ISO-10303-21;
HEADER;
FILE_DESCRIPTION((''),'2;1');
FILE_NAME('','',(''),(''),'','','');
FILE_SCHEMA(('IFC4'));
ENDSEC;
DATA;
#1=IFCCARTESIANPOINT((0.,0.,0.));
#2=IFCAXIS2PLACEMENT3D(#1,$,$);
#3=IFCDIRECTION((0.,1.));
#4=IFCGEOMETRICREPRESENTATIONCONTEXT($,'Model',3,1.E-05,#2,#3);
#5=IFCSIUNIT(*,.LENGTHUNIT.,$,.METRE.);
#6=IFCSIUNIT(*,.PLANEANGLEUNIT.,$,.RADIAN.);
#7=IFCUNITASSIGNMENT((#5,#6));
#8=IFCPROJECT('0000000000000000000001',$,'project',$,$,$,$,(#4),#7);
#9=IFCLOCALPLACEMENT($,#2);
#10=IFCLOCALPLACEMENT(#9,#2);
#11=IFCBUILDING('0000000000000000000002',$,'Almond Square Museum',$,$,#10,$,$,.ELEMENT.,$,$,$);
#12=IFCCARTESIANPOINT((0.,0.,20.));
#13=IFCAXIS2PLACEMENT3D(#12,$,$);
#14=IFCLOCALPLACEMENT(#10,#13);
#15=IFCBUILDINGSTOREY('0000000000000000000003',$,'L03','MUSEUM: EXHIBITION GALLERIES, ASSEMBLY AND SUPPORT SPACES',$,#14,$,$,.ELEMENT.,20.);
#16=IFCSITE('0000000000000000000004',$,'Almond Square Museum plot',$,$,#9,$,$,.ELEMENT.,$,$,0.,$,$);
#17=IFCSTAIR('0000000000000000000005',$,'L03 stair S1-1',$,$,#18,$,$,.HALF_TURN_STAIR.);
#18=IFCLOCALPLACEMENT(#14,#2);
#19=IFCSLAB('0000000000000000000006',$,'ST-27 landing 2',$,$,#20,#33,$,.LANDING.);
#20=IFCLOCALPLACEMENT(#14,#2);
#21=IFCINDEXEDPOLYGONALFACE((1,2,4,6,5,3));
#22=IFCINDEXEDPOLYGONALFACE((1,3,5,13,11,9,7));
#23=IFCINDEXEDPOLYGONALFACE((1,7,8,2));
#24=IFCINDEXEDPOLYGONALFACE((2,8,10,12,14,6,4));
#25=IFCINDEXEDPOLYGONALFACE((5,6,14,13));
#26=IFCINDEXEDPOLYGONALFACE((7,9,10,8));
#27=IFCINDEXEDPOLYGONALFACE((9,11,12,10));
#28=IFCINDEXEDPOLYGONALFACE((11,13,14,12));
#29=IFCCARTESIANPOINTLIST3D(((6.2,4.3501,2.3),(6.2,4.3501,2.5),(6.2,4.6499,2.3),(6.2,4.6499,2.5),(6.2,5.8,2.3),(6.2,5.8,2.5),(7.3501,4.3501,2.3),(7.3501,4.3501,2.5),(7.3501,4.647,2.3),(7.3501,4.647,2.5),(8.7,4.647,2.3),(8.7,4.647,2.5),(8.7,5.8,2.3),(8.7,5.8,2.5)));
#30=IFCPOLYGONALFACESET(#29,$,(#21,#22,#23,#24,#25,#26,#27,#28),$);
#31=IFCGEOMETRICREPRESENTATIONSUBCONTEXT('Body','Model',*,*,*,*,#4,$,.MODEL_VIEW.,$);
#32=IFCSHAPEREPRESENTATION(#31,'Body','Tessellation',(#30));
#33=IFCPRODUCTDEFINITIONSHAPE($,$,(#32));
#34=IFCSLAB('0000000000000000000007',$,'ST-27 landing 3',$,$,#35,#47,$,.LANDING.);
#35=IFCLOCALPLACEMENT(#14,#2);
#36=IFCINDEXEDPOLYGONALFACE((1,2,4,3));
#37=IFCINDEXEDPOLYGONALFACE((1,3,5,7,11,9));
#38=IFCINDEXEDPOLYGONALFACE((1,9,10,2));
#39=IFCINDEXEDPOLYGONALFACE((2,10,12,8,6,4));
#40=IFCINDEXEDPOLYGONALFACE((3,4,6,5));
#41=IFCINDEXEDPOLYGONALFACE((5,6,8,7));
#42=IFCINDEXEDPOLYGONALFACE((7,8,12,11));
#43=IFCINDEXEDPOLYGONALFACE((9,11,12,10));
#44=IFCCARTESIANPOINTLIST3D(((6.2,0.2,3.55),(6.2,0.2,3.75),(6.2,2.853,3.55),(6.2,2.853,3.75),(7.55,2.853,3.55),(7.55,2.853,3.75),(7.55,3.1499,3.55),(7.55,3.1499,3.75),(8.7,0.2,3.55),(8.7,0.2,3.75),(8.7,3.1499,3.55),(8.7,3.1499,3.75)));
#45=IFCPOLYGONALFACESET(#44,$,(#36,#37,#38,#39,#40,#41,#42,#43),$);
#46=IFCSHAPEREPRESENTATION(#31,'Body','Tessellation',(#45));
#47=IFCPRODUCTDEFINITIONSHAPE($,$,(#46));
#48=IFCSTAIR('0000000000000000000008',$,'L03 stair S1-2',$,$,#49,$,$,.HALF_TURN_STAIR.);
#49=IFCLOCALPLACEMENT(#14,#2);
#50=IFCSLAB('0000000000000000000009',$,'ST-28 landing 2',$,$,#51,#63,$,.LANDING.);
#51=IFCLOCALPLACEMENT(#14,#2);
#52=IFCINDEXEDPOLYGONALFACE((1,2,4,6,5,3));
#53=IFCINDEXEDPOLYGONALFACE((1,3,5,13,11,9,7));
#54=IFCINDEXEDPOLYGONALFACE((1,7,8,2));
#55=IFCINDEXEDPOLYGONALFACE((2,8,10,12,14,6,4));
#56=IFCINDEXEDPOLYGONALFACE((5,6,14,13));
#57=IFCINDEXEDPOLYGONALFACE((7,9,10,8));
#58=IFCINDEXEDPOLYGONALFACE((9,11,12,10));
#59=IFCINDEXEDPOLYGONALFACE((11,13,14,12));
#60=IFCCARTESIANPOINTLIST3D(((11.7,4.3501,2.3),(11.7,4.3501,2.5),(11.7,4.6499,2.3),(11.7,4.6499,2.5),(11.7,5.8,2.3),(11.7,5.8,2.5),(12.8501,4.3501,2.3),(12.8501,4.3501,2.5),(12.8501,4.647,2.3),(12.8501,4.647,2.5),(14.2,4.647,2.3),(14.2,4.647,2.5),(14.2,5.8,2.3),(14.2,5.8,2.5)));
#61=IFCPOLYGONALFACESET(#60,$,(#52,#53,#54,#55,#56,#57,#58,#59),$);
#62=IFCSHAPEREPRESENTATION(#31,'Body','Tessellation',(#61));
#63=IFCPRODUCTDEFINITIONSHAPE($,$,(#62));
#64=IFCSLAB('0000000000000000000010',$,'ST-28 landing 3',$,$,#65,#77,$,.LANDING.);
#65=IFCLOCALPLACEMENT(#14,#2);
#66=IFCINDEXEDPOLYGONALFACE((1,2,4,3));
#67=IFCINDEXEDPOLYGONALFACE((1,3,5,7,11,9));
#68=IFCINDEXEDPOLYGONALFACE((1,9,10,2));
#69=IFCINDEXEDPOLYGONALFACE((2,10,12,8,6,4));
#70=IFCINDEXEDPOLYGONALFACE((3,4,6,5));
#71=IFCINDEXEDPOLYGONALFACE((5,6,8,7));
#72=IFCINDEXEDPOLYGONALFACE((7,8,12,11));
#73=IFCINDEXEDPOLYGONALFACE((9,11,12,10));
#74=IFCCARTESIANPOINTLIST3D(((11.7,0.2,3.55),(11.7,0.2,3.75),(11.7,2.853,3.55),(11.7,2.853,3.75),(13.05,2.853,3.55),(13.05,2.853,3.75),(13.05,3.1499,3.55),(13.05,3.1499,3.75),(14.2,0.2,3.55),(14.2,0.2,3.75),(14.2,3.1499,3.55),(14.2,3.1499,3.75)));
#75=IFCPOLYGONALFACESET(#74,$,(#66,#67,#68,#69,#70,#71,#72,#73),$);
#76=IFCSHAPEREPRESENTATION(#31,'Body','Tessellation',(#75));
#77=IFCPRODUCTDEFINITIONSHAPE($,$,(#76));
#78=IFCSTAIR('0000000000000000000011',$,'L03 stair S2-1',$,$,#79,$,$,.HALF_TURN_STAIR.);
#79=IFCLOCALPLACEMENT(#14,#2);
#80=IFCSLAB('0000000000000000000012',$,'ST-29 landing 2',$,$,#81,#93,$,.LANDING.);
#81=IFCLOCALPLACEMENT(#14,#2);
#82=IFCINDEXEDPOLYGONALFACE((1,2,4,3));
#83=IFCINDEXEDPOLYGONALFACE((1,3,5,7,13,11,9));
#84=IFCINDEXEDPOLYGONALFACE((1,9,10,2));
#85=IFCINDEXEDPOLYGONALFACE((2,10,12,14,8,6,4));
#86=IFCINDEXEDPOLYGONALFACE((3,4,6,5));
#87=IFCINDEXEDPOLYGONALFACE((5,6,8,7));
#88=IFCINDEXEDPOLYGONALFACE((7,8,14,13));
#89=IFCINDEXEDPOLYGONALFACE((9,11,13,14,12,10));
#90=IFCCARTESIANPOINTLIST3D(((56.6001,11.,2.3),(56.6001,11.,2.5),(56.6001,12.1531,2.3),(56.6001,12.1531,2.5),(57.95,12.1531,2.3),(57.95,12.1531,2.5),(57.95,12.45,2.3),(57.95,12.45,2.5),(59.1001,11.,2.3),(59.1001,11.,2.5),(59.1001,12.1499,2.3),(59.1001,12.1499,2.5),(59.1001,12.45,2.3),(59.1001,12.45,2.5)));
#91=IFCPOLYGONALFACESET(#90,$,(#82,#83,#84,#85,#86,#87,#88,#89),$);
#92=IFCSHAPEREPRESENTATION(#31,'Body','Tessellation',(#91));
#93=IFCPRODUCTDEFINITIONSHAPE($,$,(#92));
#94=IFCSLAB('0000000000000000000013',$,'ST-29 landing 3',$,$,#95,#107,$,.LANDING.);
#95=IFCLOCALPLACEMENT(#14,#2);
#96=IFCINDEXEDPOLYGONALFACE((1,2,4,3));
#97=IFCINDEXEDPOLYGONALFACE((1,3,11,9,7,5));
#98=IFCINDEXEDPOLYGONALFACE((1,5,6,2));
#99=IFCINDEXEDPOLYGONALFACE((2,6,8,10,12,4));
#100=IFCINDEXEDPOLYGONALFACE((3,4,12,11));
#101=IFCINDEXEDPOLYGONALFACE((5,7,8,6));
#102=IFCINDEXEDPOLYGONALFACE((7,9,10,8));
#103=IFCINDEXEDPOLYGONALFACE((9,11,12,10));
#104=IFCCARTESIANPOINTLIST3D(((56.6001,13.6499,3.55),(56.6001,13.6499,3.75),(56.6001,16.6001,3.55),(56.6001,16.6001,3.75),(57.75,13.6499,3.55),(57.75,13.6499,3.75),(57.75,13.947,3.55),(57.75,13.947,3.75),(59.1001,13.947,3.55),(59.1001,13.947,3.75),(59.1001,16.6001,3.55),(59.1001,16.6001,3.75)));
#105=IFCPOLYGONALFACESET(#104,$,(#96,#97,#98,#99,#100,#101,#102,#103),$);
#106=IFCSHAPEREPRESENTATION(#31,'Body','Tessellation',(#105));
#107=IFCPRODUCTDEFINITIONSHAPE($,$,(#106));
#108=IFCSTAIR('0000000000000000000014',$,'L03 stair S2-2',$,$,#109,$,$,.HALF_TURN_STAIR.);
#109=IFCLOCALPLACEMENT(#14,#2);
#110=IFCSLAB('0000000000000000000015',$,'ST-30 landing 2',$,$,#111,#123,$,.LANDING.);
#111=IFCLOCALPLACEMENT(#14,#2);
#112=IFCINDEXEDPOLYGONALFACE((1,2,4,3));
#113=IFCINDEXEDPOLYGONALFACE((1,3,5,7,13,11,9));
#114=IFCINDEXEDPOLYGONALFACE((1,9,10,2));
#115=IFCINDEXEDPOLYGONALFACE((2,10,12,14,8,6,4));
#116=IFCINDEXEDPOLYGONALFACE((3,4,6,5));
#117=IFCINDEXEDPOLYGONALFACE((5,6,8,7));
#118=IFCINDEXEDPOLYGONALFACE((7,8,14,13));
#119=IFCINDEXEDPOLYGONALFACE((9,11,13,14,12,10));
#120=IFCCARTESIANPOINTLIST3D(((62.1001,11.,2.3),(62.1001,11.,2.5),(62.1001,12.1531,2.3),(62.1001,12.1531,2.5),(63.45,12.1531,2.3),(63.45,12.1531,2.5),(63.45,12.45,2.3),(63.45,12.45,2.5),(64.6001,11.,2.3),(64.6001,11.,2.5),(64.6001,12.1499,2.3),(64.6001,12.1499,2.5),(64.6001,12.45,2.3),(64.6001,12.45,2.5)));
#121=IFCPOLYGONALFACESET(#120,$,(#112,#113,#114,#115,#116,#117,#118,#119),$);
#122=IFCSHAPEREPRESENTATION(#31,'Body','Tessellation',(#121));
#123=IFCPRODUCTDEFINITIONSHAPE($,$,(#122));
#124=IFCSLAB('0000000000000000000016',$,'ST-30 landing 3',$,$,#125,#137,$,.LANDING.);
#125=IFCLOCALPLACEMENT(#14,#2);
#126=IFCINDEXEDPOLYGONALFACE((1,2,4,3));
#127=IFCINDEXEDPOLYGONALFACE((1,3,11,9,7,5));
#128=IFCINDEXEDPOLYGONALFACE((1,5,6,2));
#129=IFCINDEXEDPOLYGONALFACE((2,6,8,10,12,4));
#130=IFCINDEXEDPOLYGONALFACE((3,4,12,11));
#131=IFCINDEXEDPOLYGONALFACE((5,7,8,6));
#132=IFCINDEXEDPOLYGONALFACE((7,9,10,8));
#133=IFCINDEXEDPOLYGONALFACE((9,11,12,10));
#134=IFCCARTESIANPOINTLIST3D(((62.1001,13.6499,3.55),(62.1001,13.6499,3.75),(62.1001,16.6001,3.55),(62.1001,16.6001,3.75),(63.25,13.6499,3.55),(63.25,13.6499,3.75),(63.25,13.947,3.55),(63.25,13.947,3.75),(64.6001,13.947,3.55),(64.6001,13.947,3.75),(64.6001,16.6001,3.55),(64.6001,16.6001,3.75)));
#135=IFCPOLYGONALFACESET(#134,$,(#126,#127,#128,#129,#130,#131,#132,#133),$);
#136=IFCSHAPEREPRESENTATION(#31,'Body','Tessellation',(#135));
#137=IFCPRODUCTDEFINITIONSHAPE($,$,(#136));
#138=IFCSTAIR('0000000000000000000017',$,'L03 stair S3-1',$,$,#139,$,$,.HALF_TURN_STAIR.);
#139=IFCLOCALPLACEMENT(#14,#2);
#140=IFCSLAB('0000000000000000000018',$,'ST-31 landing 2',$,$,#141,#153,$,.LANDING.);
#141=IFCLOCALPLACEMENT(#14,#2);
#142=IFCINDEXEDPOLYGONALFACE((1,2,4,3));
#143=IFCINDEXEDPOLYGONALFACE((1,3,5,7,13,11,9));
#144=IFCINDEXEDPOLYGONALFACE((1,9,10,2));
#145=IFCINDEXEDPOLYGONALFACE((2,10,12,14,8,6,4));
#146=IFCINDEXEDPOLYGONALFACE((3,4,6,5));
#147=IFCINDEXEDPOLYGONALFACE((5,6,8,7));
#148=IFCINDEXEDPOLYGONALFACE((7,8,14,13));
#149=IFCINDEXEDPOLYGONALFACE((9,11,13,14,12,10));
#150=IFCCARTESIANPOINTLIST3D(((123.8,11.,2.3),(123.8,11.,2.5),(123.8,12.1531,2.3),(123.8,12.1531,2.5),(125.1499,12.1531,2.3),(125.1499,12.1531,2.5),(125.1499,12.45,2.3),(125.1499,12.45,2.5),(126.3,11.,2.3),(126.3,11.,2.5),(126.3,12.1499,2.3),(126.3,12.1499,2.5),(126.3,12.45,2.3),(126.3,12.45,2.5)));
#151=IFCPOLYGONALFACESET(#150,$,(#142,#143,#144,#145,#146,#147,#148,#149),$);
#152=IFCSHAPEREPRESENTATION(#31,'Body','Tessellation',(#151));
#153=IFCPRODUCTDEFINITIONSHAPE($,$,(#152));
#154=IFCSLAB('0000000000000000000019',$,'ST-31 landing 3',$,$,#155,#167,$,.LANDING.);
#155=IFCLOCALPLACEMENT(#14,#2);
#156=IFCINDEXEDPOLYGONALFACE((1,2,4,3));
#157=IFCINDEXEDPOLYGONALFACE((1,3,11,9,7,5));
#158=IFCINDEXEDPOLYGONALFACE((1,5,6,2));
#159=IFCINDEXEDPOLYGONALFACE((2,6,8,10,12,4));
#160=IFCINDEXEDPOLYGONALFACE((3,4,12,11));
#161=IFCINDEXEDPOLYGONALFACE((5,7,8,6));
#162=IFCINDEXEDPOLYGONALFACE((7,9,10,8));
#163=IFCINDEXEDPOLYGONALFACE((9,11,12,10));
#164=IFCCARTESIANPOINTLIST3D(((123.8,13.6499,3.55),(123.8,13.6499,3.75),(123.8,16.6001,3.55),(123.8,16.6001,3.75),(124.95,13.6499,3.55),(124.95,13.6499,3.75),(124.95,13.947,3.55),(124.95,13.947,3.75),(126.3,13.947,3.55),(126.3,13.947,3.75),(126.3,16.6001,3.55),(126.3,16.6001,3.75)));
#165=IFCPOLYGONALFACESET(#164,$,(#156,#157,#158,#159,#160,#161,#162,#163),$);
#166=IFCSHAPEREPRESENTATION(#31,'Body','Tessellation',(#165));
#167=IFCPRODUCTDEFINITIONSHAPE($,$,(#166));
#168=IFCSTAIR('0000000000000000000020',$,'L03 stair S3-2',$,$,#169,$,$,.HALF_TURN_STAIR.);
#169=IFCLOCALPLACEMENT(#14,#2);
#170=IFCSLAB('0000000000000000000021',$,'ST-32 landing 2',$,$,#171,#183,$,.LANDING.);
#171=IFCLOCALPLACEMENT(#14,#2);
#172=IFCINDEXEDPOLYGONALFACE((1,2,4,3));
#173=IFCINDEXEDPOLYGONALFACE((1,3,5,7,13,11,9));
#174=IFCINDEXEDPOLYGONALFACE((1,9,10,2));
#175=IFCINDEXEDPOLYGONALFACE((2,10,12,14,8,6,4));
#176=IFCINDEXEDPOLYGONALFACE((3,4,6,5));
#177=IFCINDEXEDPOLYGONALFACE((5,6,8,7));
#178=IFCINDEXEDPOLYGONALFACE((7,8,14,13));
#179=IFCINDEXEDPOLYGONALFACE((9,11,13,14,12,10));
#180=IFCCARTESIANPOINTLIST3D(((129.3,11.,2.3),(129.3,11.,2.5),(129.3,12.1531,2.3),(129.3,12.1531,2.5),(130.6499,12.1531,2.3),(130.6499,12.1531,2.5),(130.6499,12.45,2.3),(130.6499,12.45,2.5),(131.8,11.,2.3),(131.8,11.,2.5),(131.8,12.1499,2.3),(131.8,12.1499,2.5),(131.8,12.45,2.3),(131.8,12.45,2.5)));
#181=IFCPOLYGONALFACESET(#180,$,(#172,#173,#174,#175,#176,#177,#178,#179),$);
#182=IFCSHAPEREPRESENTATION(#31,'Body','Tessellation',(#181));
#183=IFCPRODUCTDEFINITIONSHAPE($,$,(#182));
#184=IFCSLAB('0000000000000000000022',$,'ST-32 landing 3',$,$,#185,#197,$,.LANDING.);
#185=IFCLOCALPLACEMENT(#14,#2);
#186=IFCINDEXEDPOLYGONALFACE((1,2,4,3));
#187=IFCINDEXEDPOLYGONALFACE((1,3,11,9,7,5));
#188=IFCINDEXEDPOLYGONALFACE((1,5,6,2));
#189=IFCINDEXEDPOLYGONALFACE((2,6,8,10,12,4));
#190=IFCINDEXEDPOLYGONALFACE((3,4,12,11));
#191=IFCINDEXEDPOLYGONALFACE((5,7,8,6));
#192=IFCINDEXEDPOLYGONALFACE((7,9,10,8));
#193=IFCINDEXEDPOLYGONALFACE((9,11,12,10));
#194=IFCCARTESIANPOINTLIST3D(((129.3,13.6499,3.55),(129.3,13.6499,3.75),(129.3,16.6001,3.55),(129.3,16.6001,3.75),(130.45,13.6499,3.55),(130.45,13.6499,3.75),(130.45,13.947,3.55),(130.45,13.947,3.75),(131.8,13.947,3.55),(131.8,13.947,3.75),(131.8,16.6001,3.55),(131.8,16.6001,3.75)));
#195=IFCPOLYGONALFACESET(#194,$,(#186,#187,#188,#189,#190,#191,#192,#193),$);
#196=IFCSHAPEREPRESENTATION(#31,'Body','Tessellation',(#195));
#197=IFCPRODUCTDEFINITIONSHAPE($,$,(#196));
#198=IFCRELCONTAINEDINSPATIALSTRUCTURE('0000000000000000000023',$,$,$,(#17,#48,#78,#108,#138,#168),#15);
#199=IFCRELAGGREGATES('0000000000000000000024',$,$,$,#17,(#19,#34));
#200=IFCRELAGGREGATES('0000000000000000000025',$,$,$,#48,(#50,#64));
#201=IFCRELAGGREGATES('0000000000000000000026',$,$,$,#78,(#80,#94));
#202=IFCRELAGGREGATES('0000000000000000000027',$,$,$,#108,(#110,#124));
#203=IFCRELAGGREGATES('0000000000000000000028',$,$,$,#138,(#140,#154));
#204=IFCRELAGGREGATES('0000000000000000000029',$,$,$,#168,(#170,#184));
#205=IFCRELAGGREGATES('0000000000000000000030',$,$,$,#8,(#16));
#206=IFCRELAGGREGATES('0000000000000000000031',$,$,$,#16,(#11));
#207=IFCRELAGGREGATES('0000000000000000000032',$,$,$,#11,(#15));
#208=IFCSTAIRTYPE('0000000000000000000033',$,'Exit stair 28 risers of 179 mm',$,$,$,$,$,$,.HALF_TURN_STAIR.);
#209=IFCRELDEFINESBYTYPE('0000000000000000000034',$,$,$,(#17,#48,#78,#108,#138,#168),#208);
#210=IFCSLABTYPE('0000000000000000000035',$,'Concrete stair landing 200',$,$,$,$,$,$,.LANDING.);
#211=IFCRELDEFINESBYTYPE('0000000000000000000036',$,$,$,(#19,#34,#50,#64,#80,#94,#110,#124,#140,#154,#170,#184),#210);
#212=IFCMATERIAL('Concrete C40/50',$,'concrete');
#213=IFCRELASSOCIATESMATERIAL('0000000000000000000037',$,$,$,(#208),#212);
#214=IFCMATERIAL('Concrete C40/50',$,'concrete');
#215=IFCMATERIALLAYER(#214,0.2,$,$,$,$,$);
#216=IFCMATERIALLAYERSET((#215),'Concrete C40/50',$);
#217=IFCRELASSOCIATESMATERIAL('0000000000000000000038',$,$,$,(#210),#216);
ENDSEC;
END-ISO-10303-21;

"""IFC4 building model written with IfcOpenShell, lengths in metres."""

from ifc_helpers import new_model, si_unit, direction, frame, origin, place, context, subcontext, project, spatial, polyline, outline, extrude, material, layer, layer_set, type_object, element, aggregate, save


model = new_model("IFC4")

# Units and contexts
model_context = context("Model", 3, precision=1e-05, world=origin(), true_north=direction((0.0, 1.0)))
body_context = subcontext(model_context, "Body", "Model", "MODEL_VIEW")
ifc_project = project(units=[si_unit("LENGTHUNIT", "METRE"), si_unit("PLANEANGLEUNIT", "RADIAN")], contexts=[model_context])

# Site, building, storey
site_placement = place(None, origin())
site = spatial("IfcSite", under=ifc_project, at=site_placement, Name="Almond Square Museum plot", CompositionType="ELEMENT", RefElevation=0.0)
building_placement = place(site_placement, origin())
building = spatial("IfcBuilding", under=site, at=building_placement, Name="Almond Square Museum", CompositionType="ELEMENT")
storey_placement = place(building_placement, frame((0.0, 0.0, 20.0)))
storey = spatial("IfcBuildingStorey", under=building, at=storey_placement, Name="L03", Description="MUSEUM: EXHIBITION GALLERIES, ASSEMBLY AND SUPPORT SPACES", CompositionType="ELEMENT", Elevation=20.0)

# Stairs, slabs
ifc_material_1 = material(Name="Concrete C40/50", Category="concrete")
stair_type = type_object("IfcStairType", Name="Exit stair 28 risers of 179 mm", PredefinedType="HALF_TURN_STAIR", material=ifc_material_1)
ifc_material_2 = material(Name="Concrete C40/50", Category="concrete")
ifc_layer = layer(ifc_material_2, 0.2)
ifc_layer_set = layer_set([ifc_layer], Name="Concrete C40/50")
slab_type = type_object("IfcSlabType", Name="Concrete stair landing 200", PredefinedType="LANDING", material=ifc_layer_set)
stair_1_placement = place(storey_placement, origin())
stair_1 = element("IfcStair", 1, at=stair_1_placement, inside=storey, type_object=stair_type, Name="L03 stair S1-1", PredefinedType="HALF_TURN_STAIR")
slab_1_placement = place(storey_placement, frame((0.0, 0.0, 2.3)))
slab_1 = element("IfcSlab", 2, at=slab_1_placement, type_object=slab_type, Name="ST-27 landing 2", PredefinedType="LANDING", context=body_context, shape_type="SweptSolid", body=[
    extrude(outline(polyline([(6.2, 5.8), (6.2, 4.6499), (6.2, 4.3501), (7.3501, 4.3501), (7.3501, 4.647), (8.7, 4.647), (8.7, 5.8), (6.2, 5.8)])), origin(), (0.0, 0.0, 1.0), 0.2),
])
slab_2_placement = place(storey_placement, frame((0.0, 0.0, 3.55)))
slab_2 = element("IfcSlab", 3, at=slab_2_placement, type_object=slab_type, Name="ST-27 landing 3", PredefinedType="LANDING", context=body_context, shape_type="SweptSolid", body=[
    extrude(outline(polyline([(6.2, 2.853), (6.2, 0.2), (8.7, 0.2), (8.7, 3.1499), (7.55, 3.1499), (7.55, 2.853), (6.2, 2.853)])), origin(), (0.0, 0.0, 1.0), 0.2),
])
aggregate(stair_1, [slab_1, slab_2])
stair_2_placement = place(storey_placement, origin())
stair_2 = element("IfcStair", 4, at=stair_2_placement, inside=storey, type_object=stair_type, Name="L03 stair S1-2", PredefinedType="HALF_TURN_STAIR")
slab_3_placement = place(storey_placement, frame((0.0, 0.0, 2.3)))
slab_3 = element("IfcSlab", 5, at=slab_3_placement, type_object=slab_type, Name="ST-28 landing 2", PredefinedType="LANDING", context=body_context, shape_type="SweptSolid", body=[
    extrude(outline(polyline([(11.7, 5.8), (11.7, 4.6499), (11.7, 4.3501), (12.8501, 4.3501), (12.8501, 4.647), (14.2, 4.647), (14.2, 5.8), (11.7, 5.8)])), origin(), (0.0, 0.0, 1.0), 0.2),
])
slab_4_placement = place(storey_placement, frame((0.0, 0.0, 3.55)))
slab_4 = element("IfcSlab", 6, at=slab_4_placement, type_object=slab_type, Name="ST-28 landing 3", PredefinedType="LANDING", context=body_context, shape_type="SweptSolid", body=[
    extrude(outline(polyline([(11.7, 2.853), (11.7, 0.2), (14.2, 0.2), (14.2, 3.1499), (13.05, 3.1499), (13.05, 2.853), (11.7, 2.853)])), origin(), (0.0, 0.0, 1.0), 0.2),
])
aggregate(stair_2, [slab_3, slab_4])
stair_3_placement = place(storey_placement, origin())
stair_3 = element("IfcStair", 7, at=stair_3_placement, inside=storey, type_object=stair_type, Name="L03 stair S2-1", PredefinedType="HALF_TURN_STAIR")
slab_5_placement = place(storey_placement, frame((0.0, 0.0, 2.3)))
slab_5 = element("IfcSlab", 8, at=slab_5_placement, type_object=slab_type, Name="ST-29 landing 2", PredefinedType="LANDING", context=body_context, shape_type="SweptSolid", body=[
    extrude(outline(polyline([(59.1001, 11.0), (59.1001, 12.1499), (59.1001, 12.45), (57.95, 12.45), (57.95, 12.1531), (56.6001, 12.1531), (56.6001, 11.0), (59.1001, 11.0)])), origin(), (0.0, 0.0, 1.0), 0.2),
])
slab_6_placement = place(storey_placement, frame((0.0, 0.0, 3.55)))
slab_6 = element("IfcSlab", 9, at=slab_6_placement, type_object=slab_type, Name="ST-29 landing 3", PredefinedType="LANDING", context=body_context, shape_type="SweptSolid", body=[
    extrude(outline(polyline([(59.1001, 13.947), (59.1001, 16.6001), (56.6001, 16.6001), (56.6001, 13.6499), (57.75, 13.6499), (57.75, 13.947), (59.1001, 13.947)])), origin(), (0.0, 0.0, 1.0), 0.2),
])
aggregate(stair_3, [slab_5, slab_6])
stair_4_placement = place(storey_placement, origin())
stair_4 = element("IfcStair", 10, at=stair_4_placement, inside=storey, type_object=stair_type, Name="L03 stair S2-2", PredefinedType="HALF_TURN_STAIR")
slab_7_placement = place(storey_placement, frame((0.0, 0.0, 2.3)))
slab_7 = element("IfcSlab", 11, at=slab_7_placement, type_object=slab_type, Name="ST-30 landing 2", PredefinedType="LANDING", context=body_context, shape_type="SweptSolid", body=[
    extrude(outline(polyline([(64.6001, 11.0), (64.6001, 12.1499), (64.6001, 12.45), (63.45, 12.45), (63.45, 12.1531), (62.1001, 12.1531), (62.1001, 11.0), (64.6001, 11.0)])), origin(), (0.0, 0.0, 1.0), 0.2),
])
slab_8_placement = place(storey_placement, frame((0.0, 0.0, 3.55)))
slab_8 = element("IfcSlab", 12, at=slab_8_placement, type_object=slab_type, Name="ST-30 landing 3", PredefinedType="LANDING", context=body_context, shape_type="SweptSolid", body=[
    extrude(outline(polyline([(64.6001, 13.947), (64.6001, 16.6001), (62.1001, 16.6001), (62.1001, 13.6499), (63.25, 13.6499), (63.25, 13.947), (64.6001, 13.947)])), origin(), (0.0, 0.0, 1.0), 0.2),
])
aggregate(stair_4, [slab_7, slab_8])
stair_5_placement = place(storey_placement, origin())
stair_5 = element("IfcStair", 13, at=stair_5_placement, inside=storey, type_object=stair_type, Name="L03 stair S3-1", PredefinedType="HALF_TURN_STAIR")
slab_9_placement = place(storey_placement, frame((0.0, 0.0, 2.3)))
slab_9 = element("IfcSlab", 14, at=slab_9_placement, type_object=slab_type, Name="ST-31 landing 2", PredefinedType="LANDING", context=body_context, shape_type="SweptSolid", body=[
    extrude(outline(polyline([(126.3, 11.0), (126.3, 12.1499), (126.3, 12.45), (125.1499, 12.45), (125.1499, 12.1531), (123.8, 12.1531), (123.8, 11.0), (126.3, 11.0)])), origin(), (0.0, 0.0, 1.0), 0.2),
])
slab_10_placement = place(storey_placement, frame((0.0, 0.0, 3.55)))
slab_10 = element("IfcSlab", 15, at=slab_10_placement, type_object=slab_type, Name="ST-31 landing 3", PredefinedType="LANDING", context=body_context, shape_type="SweptSolid", body=[
    extrude(outline(polyline([(126.3, 13.947), (126.3, 16.6001), (123.8, 16.6001), (123.8, 13.6499), (124.95, 13.6499), (124.95, 13.947), (126.3, 13.947)])), origin(), (0.0, 0.0, 1.0), 0.2),
])
aggregate(stair_5, [slab_9, slab_10])
stair_6_placement = place(storey_placement, origin())
stair_6 = element("IfcStair", 16, at=stair_6_placement, inside=storey, type_object=stair_type, Name="L03 stair S3-2", PredefinedType="HALF_TURN_STAIR")
slab_11_placement = place(storey_placement, frame((0.0, 0.0, 2.3)))
slab_11 = element("IfcSlab", 17, at=slab_11_placement, type_object=slab_type, Name="ST-32 landing 2", PredefinedType="LANDING", context=body_context, shape_type="SweptSolid", body=[
    extrude(outline(polyline([(131.8, 11.0), (131.8, 12.1499), (131.8, 12.45), (130.6499, 12.45), (130.6499, 12.1531), (129.3, 12.1531), (129.3, 11.0), (131.8, 11.0)])), origin(), (0.0, 0.0, 1.0), 0.2),
])
slab_12_placement = place(storey_placement, frame((0.0, 0.0, 3.55)))
slab_12 = element("IfcSlab", 18, at=slab_12_placement, type_object=slab_type, Name="ST-32 landing 3", PredefinedType="LANDING", context=body_context, shape_type="SweptSolid", body=[
    extrude(outline(polyline([(131.8, 13.947), (131.8, 16.6001), (129.3, 16.6001), (129.3, 13.6499), (130.45, 13.6499), (130.45, 13.947), (131.8, 13.947)])), origin(), (0.0, 0.0, 1.0), 0.2),
])
aggregate(stair_6, [slab_11, slab_12])

save(model, "model.ifc")
